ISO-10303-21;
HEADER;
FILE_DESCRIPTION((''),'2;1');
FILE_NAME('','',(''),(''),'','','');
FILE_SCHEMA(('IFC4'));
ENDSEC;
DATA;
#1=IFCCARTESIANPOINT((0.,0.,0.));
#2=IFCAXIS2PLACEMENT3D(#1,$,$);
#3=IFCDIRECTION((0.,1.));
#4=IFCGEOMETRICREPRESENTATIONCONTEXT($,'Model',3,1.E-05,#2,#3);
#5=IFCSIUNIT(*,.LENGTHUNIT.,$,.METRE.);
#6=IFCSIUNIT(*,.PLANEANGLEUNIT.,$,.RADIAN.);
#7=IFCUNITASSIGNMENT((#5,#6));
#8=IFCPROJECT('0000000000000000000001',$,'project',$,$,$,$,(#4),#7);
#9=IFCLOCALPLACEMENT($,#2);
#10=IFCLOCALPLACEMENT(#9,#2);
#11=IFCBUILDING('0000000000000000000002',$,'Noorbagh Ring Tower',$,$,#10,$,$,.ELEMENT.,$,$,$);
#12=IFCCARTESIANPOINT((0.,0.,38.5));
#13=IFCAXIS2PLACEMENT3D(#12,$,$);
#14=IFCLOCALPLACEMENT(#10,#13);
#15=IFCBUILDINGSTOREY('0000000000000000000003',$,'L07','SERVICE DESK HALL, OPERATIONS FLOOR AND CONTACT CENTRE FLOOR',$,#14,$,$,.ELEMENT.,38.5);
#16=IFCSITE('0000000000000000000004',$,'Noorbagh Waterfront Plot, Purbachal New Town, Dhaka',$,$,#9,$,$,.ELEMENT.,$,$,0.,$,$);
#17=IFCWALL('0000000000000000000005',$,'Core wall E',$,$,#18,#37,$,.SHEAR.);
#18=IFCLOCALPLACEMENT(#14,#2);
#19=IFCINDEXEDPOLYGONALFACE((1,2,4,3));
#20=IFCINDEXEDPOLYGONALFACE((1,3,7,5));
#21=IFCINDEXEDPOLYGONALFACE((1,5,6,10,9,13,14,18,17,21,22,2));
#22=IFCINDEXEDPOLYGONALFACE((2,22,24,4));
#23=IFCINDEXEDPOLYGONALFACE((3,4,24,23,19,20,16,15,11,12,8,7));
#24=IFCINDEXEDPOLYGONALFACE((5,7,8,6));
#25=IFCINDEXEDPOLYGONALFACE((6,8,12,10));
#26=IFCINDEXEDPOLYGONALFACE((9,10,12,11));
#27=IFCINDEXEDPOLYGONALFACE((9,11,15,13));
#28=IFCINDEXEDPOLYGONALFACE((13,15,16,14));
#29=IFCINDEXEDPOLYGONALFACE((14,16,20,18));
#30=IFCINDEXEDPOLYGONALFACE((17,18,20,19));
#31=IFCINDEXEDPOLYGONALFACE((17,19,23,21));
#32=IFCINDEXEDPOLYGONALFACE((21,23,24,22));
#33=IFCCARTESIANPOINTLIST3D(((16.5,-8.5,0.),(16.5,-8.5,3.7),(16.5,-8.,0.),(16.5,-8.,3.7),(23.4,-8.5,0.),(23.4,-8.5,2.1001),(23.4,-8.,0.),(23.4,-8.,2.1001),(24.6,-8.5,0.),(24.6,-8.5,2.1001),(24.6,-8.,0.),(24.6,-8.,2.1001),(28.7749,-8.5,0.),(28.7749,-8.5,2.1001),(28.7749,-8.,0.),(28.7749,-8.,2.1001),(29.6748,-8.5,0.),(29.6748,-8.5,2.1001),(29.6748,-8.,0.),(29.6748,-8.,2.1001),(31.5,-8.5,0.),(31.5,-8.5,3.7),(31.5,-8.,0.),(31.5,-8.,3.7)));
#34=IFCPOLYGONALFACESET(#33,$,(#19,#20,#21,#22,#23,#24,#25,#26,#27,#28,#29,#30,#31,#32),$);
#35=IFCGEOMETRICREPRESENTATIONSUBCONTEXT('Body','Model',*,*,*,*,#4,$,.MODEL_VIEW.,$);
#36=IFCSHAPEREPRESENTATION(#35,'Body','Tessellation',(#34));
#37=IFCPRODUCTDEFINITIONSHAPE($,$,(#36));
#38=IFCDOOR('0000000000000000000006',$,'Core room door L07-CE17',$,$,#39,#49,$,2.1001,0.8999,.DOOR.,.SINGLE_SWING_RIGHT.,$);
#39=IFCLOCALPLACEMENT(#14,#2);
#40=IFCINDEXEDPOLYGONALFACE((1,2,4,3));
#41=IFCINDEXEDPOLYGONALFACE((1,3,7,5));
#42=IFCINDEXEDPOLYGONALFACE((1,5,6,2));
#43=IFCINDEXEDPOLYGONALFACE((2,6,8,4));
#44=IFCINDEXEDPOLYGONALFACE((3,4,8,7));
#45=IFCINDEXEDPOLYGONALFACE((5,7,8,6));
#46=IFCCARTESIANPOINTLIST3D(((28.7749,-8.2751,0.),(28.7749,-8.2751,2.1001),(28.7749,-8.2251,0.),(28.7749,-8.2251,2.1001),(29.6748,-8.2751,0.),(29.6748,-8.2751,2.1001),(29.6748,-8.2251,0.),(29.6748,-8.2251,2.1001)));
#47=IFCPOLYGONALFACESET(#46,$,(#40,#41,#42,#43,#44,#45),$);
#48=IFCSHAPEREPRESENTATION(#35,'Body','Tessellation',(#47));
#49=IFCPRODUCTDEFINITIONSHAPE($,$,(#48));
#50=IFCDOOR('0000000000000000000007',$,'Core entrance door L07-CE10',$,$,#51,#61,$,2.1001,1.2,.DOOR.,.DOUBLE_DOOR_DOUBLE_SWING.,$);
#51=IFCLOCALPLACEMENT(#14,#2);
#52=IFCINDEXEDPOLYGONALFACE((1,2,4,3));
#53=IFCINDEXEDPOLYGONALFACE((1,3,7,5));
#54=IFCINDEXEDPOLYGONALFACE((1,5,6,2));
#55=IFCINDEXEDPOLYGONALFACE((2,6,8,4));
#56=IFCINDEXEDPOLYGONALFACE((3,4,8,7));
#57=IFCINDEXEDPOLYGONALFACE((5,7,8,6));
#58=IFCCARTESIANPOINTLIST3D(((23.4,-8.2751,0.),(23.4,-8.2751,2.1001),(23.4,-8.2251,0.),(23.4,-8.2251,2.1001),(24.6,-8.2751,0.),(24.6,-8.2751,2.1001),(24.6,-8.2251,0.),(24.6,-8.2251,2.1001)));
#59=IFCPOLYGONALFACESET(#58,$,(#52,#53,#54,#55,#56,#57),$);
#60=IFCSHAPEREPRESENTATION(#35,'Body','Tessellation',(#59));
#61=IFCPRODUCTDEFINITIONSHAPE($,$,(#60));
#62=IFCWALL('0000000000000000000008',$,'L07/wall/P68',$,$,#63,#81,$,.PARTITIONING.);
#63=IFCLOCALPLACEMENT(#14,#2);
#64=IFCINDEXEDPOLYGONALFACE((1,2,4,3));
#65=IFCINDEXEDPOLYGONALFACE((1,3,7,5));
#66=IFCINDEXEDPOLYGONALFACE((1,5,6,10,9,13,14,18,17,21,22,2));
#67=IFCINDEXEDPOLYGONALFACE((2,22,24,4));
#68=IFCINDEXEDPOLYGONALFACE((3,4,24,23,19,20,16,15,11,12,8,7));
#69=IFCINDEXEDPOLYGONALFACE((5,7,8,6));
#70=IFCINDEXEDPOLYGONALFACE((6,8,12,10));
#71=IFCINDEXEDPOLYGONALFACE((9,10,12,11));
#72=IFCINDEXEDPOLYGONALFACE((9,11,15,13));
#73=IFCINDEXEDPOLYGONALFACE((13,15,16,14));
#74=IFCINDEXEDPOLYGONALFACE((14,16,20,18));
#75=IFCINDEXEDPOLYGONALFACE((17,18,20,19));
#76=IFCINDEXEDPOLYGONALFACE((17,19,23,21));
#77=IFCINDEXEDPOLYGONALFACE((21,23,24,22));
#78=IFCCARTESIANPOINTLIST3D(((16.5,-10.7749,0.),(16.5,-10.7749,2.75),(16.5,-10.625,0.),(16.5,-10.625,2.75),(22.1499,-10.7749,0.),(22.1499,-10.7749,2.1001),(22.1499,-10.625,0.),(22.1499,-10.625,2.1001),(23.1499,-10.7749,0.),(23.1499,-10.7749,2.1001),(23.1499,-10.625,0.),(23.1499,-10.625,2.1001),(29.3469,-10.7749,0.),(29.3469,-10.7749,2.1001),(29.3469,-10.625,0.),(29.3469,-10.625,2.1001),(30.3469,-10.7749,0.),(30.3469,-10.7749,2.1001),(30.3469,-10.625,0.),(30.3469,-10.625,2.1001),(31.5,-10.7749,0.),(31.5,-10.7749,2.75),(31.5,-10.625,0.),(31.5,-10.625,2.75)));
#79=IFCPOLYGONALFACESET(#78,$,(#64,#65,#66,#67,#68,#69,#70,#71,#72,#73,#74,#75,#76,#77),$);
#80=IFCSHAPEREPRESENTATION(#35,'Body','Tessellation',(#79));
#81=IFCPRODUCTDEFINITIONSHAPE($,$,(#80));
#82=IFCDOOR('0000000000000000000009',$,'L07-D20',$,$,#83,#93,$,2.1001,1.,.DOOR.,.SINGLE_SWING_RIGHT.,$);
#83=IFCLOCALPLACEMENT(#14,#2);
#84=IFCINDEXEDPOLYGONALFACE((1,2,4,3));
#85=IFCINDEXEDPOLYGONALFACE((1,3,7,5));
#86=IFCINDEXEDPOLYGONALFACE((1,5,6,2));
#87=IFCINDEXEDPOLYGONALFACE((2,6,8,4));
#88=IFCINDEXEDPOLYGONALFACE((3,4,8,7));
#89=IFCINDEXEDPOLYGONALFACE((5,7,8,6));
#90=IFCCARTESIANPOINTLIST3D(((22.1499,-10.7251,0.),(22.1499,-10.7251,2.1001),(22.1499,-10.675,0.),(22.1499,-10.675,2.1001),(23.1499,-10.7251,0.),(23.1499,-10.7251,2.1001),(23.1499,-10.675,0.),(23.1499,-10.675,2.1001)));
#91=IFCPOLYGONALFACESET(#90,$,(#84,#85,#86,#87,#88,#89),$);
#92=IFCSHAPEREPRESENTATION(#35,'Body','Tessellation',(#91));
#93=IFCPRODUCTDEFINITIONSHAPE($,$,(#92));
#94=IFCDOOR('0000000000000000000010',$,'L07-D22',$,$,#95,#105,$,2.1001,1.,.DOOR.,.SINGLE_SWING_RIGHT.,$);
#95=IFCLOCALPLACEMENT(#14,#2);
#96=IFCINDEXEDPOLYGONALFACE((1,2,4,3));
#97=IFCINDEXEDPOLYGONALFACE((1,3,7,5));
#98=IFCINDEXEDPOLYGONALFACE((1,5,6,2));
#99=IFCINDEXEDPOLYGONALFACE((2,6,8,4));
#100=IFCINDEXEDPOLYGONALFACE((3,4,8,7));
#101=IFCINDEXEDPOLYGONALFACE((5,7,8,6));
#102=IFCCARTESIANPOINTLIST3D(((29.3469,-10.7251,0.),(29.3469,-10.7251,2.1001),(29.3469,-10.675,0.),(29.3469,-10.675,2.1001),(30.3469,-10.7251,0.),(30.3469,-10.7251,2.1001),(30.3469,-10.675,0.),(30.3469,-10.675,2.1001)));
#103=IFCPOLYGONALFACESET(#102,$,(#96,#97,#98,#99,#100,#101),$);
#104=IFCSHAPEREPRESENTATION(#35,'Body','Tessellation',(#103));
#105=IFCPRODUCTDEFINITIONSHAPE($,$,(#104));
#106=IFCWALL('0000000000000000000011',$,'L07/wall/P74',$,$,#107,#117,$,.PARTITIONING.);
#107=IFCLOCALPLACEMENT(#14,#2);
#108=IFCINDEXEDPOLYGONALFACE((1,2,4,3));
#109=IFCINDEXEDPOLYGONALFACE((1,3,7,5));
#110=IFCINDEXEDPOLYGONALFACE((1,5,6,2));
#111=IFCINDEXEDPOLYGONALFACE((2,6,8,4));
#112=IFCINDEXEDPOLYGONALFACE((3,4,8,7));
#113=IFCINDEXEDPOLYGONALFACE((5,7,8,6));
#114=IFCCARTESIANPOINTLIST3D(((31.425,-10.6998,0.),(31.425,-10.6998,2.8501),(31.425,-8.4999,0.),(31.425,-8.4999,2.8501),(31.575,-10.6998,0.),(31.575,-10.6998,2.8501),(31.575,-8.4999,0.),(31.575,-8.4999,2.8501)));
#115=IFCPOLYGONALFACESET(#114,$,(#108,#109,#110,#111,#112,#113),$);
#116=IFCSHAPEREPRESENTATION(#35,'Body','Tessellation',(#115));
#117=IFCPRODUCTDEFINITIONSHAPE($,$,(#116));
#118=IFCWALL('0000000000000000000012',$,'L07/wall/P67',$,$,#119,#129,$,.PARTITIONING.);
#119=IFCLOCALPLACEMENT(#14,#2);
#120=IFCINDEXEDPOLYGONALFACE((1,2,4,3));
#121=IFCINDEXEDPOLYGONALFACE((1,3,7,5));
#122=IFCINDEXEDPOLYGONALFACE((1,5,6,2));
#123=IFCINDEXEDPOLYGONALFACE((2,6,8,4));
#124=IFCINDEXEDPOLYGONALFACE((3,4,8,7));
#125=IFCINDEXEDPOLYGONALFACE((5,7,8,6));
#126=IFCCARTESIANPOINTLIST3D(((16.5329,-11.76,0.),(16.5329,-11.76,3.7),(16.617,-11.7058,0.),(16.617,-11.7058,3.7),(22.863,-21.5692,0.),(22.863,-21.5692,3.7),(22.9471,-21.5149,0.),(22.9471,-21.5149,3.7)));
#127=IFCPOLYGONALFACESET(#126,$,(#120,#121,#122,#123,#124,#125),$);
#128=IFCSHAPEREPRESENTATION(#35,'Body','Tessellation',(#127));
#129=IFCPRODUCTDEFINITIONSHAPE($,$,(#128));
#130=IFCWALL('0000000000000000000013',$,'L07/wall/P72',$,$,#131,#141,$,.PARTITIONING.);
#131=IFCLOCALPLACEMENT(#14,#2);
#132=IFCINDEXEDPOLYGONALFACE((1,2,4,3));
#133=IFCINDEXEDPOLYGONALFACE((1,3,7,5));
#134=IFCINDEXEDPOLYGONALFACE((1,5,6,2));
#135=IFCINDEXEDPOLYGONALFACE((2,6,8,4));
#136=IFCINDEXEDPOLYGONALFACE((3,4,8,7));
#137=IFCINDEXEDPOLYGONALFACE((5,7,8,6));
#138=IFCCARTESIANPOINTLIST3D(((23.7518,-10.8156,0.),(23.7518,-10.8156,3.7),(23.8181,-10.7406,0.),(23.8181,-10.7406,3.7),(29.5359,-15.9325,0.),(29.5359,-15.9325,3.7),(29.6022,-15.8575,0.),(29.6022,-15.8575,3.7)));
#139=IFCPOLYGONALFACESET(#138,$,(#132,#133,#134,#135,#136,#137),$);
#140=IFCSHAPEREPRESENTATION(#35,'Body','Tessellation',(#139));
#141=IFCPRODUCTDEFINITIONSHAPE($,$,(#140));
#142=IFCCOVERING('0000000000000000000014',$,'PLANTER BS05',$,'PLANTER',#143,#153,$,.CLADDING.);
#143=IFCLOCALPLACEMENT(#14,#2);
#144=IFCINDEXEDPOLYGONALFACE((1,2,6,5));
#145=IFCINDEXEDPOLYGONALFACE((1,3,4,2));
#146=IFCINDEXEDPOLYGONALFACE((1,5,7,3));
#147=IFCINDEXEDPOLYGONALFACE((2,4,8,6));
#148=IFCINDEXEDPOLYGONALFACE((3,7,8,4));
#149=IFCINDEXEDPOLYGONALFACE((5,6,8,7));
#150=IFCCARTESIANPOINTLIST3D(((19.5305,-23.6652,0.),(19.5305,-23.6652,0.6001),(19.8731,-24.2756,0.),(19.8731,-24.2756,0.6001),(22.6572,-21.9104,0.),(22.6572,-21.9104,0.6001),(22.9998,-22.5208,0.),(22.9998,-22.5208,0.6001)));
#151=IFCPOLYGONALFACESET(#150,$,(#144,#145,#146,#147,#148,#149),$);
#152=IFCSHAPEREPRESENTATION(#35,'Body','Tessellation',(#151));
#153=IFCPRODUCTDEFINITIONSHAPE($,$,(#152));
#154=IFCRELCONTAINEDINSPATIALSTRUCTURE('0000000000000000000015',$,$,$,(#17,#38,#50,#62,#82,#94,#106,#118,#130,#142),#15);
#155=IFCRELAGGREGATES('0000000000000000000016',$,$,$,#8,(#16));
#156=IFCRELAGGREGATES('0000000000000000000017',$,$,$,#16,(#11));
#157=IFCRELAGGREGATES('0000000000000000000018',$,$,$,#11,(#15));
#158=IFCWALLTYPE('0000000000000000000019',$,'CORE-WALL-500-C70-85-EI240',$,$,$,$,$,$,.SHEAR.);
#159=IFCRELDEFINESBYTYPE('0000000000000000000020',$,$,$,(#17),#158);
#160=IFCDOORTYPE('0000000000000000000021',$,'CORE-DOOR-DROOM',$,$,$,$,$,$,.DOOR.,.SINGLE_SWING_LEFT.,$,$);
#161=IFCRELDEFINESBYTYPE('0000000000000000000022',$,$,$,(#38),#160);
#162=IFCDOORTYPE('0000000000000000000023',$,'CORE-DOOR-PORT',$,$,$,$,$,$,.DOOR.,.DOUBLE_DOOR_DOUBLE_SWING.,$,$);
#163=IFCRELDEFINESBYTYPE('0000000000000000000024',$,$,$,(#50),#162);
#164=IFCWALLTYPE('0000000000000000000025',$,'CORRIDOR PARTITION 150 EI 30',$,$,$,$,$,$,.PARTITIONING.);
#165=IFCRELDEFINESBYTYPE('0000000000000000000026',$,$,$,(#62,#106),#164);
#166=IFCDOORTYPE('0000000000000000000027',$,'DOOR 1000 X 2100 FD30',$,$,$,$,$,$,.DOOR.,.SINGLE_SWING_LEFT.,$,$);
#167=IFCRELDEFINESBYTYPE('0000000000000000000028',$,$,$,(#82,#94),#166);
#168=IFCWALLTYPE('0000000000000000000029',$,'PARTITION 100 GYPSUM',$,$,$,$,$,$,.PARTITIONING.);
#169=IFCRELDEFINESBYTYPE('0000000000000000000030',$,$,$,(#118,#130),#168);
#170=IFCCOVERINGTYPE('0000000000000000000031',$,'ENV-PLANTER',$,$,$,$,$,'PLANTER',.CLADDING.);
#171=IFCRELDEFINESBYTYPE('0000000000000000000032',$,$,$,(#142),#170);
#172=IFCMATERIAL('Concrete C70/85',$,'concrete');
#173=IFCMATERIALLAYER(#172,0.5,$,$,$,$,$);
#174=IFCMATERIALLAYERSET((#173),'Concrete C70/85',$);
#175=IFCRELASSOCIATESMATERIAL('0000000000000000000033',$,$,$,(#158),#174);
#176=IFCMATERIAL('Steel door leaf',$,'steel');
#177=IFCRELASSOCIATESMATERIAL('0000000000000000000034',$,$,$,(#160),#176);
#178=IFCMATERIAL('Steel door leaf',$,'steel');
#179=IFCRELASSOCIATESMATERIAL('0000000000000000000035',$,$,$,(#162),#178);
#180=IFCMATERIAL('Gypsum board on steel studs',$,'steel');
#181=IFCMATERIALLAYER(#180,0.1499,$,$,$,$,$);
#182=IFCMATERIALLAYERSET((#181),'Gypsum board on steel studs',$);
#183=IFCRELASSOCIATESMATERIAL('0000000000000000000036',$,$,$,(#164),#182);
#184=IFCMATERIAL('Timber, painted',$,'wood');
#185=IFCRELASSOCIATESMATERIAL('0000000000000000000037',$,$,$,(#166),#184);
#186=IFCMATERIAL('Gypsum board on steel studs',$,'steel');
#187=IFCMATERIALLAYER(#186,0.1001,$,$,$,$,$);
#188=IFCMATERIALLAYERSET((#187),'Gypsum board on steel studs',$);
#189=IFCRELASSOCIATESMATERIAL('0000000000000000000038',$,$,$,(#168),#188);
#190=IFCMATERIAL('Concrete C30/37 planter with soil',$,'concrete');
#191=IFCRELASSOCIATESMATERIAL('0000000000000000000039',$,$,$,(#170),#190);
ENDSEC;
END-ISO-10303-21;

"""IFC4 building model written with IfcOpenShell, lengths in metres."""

from ifc_helpers import new_model, si_unit, direction, frame, frame_2d, origin, origin_2d, place, context, subcontext, project, spatial, rectangle, extrude, material, layer, layer_set, type_object, element, fill, save


model = new_model("IFC4")

# Units and contexts
model_context = context("Model", 3, precision=1e-05, world=origin(), true_north=direction((0.0, 1.0)))
body_context = subcontext(model_context, "Body", "Model", "MODEL_VIEW")
ifc_project = project(units=[si_unit("LENGTHUNIT", "METRE"), si_unit("PLANEANGLEUNIT", "RADIAN")], contexts=[model_context])

# Site, building, storey
site_placement = place(None, origin())
site = spatial("IfcSite", under=ifc_project, at=site_placement, Name="Noorbagh Waterfront Plot, Purbachal New Town, Dhaka", CompositionType="ELEMENT", RefElevation=0.0)
building_placement = place(site_placement, origin())
building = spatial("IfcBuilding", under=site, at=building_placement, Name="Noorbagh Ring Tower", CompositionType="ELEMENT")
storey_placement = place(building_placement, frame((0.0, 0.0, 38.5)))
storey = spatial("IfcBuildingStorey", under=building, at=storey_placement, Name="L07", Description="SERVICE DESK HALL, OPERATIONS FLOOR AND CONTACT CENTRE FLOOR", CompositionType="ELEMENT", Elevation=38.5)

# Walls, openings, doors
ifc_material_1 = material(Name="Concrete C70/85", Category="concrete")
ifc_layer_1 = layer(ifc_material_1, 0.5)
ifc_layer_set_1 = layer_set([ifc_layer_1], Name="Concrete C70/85")
wall_type_1 = type_object("IfcWallType", Name="CORE-WALL-500-C70-85-EI240", PredefinedType="SHEAR", material=ifc_layer_set_1)
wall_1_placement = place(storey_placement, frame((16.5, -8.25, 0.0), z_axis=(0.0, 0.0, 1.0), x_axis=(1.0, 0.0, 0.0)))
wall_1 = element("IfcWall", 1, at=wall_1_placement, inside=storey, type_object=wall_type_1, Name="Core wall E", PredefinedType="SHEAR", context=body_context, shape_type="SweptSolid", body=[
    extrude(rectangle(XDim=15.0, YDim=0.5, at=frame_2d((7.5, 0.0))), origin(), (0.0, 0.0, 1.0), 3.7),
])
opening_1_placement = place(wall_1_placement, frame((6.8999, 0.0, 0.0)))
opening_1 = element("IfcOpeningElement", 2, at=opening_1_placement, cuts=wall_1, PredefinedType="OPENING", context=body_context, shape_type="SweptSolid", body=[
    extrude(rectangle(XDim=1.2, YDim=2.1001, at=frame_2d((0.6001, 1.05))), frame((0.0, 0.26, 0.0), z_axis=(0.0, -1.0, 0.0), x_axis=(1.0, 0.0, 0.0)), (0.0, 0.0, 1.0), 0.52),
])
opening_2_placement = place(wall_1_placement, frame((12.2749, 0.0, 0.0)))
opening_2 = element("IfcOpeningElement", 3, at=opening_2_placement, cuts=wall_1, PredefinedType="OPENING", context=body_context, shape_type="SweptSolid", body=[
    extrude(rectangle(XDim=0.8999, YDim=2.1001, at=frame_2d((0.45, 1.05))), frame((0.0, 0.26, 0.0), z_axis=(0.0, -1.0, 0.0), x_axis=(1.0, 0.0, 0.0)), (0.0, 0.0, 1.0), 0.52),
])
ifc_material_2 = material(Name="Steel door leaf", Category="steel")
door_type_1 = type_object("IfcDoorType", Name="CORE-DOOR-DROOM", OperationType="SINGLE_SWING_LEFT", PredefinedType="DOOR", material=ifc_material_2)
door_1_placement = place(opening_2_placement, origin())
door_1 = element("IfcDoor", 4, at=door_1_placement, inside=storey, type_object=door_type_1, Name="Core room door L07-CE17", OperationType="SINGLE_SWING_RIGHT", OverallHeight=2.1001, OverallWidth=0.8999, PredefinedType="DOOR", context=body_context, shape_type="SweptSolid", body=[
    extrude(rectangle(XDim=0.8999, YDim=2.1001, at=frame_2d((0.45, 1.05))), frame((0.0, 0.0249, 0.0), z_axis=(0.0, -1.0, 0.0), x_axis=(1.0, 0.0, 0.0)), (0.0, 0.0, 1.0), 0.05),
])
fill(opening_2, door_1)
ifc_material_3 = material(Name="Steel door leaf", Category="steel")
door_type_2 = type_object("IfcDoorType", Name="CORE-DOOR-PORT", OperationType="DOUBLE_DOOR_DOUBLE_SWING", PredefinedType="DOOR", material=ifc_material_3)
door_2_placement = place(opening_1_placement, origin())
door_2 = element("IfcDoor", 5, at=door_2_placement, inside=storey, type_object=door_type_2, Name="Core entrance door L07-CE10", OperationType="DOUBLE_DOOR_DOUBLE_SWING", OverallHeight=2.1001, OverallWidth=1.2, PredefinedType="DOOR", context=body_context, shape_type="SweptSolid", body=[
    extrude(rectangle(XDim=1.2, YDim=2.1001, at=frame_2d((0.6001, 1.05))), frame((0.0, 0.0249, 0.0), z_axis=(0.0, -1.0, 0.0), x_axis=(1.0, 0.0, 0.0)), (0.0, 0.0, 1.0), 0.05),
])
fill(opening_1, door_2)
ifc_material_4 = material(Name="Gypsum board on steel studs", Category="steel")
ifc_layer_2 = layer(ifc_material_4, 0.1499)
ifc_layer_set_2 = layer_set([ifc_layer_2], Name="Gypsum board on steel studs")
wall_type_2 = type_object("IfcWallType", Name="CORRIDOR PARTITION 150 EI 30", PredefinedType="PARTITIONING", material=ifc_layer_set_2)
wall_2_placement = place(storey_placement, frame((16.5, -10.7, 0.0), z_axis=(0.0, 0.0, 1.0), x_axis=(1.0, 0.0, 0.0)))
wall_2 = element("IfcWall", 6, at=wall_2_placement, inside=storey, type_object=wall_type_2, Name="L07/wall/P68", PredefinedType="PARTITIONING", context=body_context, shape_type="SweptSolid", body=[
    extrude(rectangle(XDim=15.0, YDim=0.1499, at=frame_2d((7.5, 0.0))), origin(), (0.0, 0.0, 1.0), 2.75),
])
opening_3_placement = place(wall_2_placement, frame((5.6499, 0.0, 0.0)))
opening_3 = element("IfcOpeningElement", 7, at=opening_3_placement, cuts=wall_2, PredefinedType="OPENING", context=body_context, shape_type="SweptSolid", body=[
    extrude(rectangle(XDim=1.0, YDim=2.1001, at=frame_2d((0.5, 1.05))), frame((0.0, 0.085, 0.0), z_axis=(0.0, -1.0, 0.0), x_axis=(1.0, 0.0, 0.0)), (0.0, 0.0, 1.0), 0.1699),
])
opening_4_placement = place(wall_2_placement, frame((12.8469, 0.0, 0.0)))
opening_4 = element("IfcOpeningElement", 8, at=opening_4_placement, cuts=wall_2, PredefinedType="OPENING", context=body_context, shape_type="SweptSolid", body=[
    extrude(rectangle(XDim=1.0, YDim=2.1001, at=frame_2d((0.5, 1.05))), frame((0.0, 0.085, 0.0), z_axis=(0.0, -1.0, 0.0), x_axis=(1.0, 0.0, 0.0)), (0.0, 0.0, 1.0), 0.1699),
])
ifc_material_5 = material(Name="Timber, painted", Category="wood")
door_type_3 = type_object("IfcDoorType", Name="DOOR 1000 X 2100 FD30", OperationType="SINGLE_SWING_LEFT", PredefinedType="DOOR", material=ifc_material_5)
door_3_placement = place(opening_3_placement, origin())
door_3 = element("IfcDoor", 9, at=door_3_placement, inside=storey, type_object=door_type_3, Name="L07-D20", OperationType="SINGLE_SWING_RIGHT", OverallHeight=2.1001, OverallWidth=1.0, PredefinedType="DOOR", context=body_context, shape_type="SweptSolid", body=[
    extrude(rectangle(XDim=1.0, YDim=2.1001, at=frame_2d((0.5, 1.05))), frame((0.0, 0.0249, 0.0), z_axis=(0.0, -1.0, 0.0), x_axis=(1.0, 0.0, 0.0)), (0.0, 0.0, 1.0), 0.05),
])
fill(opening_3, door_3)
door_4_placement = place(opening_4_placement, origin())
door_4 = element("IfcDoor", 10, at=door_4_placement, inside=storey, type_object=door_type_3, Name="L07-D22", OperationType="SINGLE_SWING_RIGHT", OverallHeight=2.1001, OverallWidth=1.0, PredefinedType="DOOR", context=body_context, shape_type="SweptSolid", body=[
    extrude(rectangle(XDim=1.0, YDim=2.1001, at=frame_2d((0.5, 1.05))), frame((0.0, 0.0249, 0.0), z_axis=(0.0, -1.0, 0.0), x_axis=(1.0, 0.0, 0.0)), (0.0, 0.0, 1.0), 0.05),
])
fill(opening_4, door_4)

# Walls
wall_3_placement = place(storey_placement, frame((31.5, -10.7, 0.0), z_axis=(0.0, 0.0, 1.0), x_axis=(0.0, 1.0, 0.0)))
element("IfcWall", 11, at=wall_3_placement, inside=storey, type_object=wall_type_2, Name="L07/wall/P74", PredefinedType="PARTITIONING", context=body_context, shape_type="SweptSolid", body=[
    extrude(rectangle(XDim=2.2, YDim=0.1499, at=frame_2d((1.1001, 0.0))), origin(), (0.0, 0.0, 1.0), 2.8501),
])
ifc_material_6 = material(Name="Gypsum board on steel studs", Category="steel")
ifc_layer_3 = layer(ifc_material_6, 0.1001)
ifc_layer_set_3 = layer_set([ifc_layer_3], Name="Gypsum board on steel studs")
wall_type_3 = type_object("IfcWallType", Name="PARTITION 100 GYPSUM", PredefinedType="PARTITIONING", material=ifc_layer_set_3)
wall_4_placement = place(storey_placement, frame((16.575, -11.7329, 0.0), z_axis=(0.0, 0.0, 1.0), x_axis=(0.542226, -0.840233, 0.0)))
element("IfcWall", 12, at=wall_4_placement, inside=storey, type_object=wall_type_3, Name="L07/wall/P67", PredefinedType="PARTITIONING", context=body_context, shape_type="SweptSolid", body=[
    extrude(rectangle(XDim=11.6743, YDim=0.1001, at=frame_2d((5.8372, 0.0))), origin(), (0.0, 0.0, 1.0), 3.7),
])
wall_5_placement = place(storey_placement, frame((23.7849, -10.7781, 0.0), z_axis=(0.0, 0.0, 1.0), x_axis=(0.748986, -0.662586, 0.0)))
element("IfcWall", 13, at=wall_5_placement, inside=storey, type_object=wall_type_3, Name="L07/wall/P72", PredefinedType="PARTITIONING", context=body_context, shape_type="SweptSolid", body=[
    extrude(rectangle(XDim=7.7227, YDim=0.1001, at=frame_2d((3.8613, 0.0))), origin(), (0.0, 0.0, 1.0), 3.7),
])

# Covering
ifc_material_7 = material(Name="Concrete C30/37 planter with soil", Category="concrete")
covering_type = type_object("IfcCoveringType", Name="ENV-PLANTER", ElementType="PLANTER", PredefinedType="CLADDING", material=ifc_material_7)
covering_placement = place(storey_placement, frame((21.2651, -23.093, 0.0), z_axis=(0.0, 0.0, 1.0), x_axis=(0.872045, 0.489426, 0.0)))
element("IfcCovering", 14, at=covering_placement, inside=storey, type_object=covering_type, Name="PLANTER BS05", ObjectType="PLANTER", PredefinedType="CLADDING", context=body_context, shape_type="SweptSolid", body=[
    extrude(rectangle(XDim=3.5854, YDim=0.7, at=origin_2d()), origin(), (0.0, 0.0, 1.0), 0.6001),
])

save(model, "model.ifc")
